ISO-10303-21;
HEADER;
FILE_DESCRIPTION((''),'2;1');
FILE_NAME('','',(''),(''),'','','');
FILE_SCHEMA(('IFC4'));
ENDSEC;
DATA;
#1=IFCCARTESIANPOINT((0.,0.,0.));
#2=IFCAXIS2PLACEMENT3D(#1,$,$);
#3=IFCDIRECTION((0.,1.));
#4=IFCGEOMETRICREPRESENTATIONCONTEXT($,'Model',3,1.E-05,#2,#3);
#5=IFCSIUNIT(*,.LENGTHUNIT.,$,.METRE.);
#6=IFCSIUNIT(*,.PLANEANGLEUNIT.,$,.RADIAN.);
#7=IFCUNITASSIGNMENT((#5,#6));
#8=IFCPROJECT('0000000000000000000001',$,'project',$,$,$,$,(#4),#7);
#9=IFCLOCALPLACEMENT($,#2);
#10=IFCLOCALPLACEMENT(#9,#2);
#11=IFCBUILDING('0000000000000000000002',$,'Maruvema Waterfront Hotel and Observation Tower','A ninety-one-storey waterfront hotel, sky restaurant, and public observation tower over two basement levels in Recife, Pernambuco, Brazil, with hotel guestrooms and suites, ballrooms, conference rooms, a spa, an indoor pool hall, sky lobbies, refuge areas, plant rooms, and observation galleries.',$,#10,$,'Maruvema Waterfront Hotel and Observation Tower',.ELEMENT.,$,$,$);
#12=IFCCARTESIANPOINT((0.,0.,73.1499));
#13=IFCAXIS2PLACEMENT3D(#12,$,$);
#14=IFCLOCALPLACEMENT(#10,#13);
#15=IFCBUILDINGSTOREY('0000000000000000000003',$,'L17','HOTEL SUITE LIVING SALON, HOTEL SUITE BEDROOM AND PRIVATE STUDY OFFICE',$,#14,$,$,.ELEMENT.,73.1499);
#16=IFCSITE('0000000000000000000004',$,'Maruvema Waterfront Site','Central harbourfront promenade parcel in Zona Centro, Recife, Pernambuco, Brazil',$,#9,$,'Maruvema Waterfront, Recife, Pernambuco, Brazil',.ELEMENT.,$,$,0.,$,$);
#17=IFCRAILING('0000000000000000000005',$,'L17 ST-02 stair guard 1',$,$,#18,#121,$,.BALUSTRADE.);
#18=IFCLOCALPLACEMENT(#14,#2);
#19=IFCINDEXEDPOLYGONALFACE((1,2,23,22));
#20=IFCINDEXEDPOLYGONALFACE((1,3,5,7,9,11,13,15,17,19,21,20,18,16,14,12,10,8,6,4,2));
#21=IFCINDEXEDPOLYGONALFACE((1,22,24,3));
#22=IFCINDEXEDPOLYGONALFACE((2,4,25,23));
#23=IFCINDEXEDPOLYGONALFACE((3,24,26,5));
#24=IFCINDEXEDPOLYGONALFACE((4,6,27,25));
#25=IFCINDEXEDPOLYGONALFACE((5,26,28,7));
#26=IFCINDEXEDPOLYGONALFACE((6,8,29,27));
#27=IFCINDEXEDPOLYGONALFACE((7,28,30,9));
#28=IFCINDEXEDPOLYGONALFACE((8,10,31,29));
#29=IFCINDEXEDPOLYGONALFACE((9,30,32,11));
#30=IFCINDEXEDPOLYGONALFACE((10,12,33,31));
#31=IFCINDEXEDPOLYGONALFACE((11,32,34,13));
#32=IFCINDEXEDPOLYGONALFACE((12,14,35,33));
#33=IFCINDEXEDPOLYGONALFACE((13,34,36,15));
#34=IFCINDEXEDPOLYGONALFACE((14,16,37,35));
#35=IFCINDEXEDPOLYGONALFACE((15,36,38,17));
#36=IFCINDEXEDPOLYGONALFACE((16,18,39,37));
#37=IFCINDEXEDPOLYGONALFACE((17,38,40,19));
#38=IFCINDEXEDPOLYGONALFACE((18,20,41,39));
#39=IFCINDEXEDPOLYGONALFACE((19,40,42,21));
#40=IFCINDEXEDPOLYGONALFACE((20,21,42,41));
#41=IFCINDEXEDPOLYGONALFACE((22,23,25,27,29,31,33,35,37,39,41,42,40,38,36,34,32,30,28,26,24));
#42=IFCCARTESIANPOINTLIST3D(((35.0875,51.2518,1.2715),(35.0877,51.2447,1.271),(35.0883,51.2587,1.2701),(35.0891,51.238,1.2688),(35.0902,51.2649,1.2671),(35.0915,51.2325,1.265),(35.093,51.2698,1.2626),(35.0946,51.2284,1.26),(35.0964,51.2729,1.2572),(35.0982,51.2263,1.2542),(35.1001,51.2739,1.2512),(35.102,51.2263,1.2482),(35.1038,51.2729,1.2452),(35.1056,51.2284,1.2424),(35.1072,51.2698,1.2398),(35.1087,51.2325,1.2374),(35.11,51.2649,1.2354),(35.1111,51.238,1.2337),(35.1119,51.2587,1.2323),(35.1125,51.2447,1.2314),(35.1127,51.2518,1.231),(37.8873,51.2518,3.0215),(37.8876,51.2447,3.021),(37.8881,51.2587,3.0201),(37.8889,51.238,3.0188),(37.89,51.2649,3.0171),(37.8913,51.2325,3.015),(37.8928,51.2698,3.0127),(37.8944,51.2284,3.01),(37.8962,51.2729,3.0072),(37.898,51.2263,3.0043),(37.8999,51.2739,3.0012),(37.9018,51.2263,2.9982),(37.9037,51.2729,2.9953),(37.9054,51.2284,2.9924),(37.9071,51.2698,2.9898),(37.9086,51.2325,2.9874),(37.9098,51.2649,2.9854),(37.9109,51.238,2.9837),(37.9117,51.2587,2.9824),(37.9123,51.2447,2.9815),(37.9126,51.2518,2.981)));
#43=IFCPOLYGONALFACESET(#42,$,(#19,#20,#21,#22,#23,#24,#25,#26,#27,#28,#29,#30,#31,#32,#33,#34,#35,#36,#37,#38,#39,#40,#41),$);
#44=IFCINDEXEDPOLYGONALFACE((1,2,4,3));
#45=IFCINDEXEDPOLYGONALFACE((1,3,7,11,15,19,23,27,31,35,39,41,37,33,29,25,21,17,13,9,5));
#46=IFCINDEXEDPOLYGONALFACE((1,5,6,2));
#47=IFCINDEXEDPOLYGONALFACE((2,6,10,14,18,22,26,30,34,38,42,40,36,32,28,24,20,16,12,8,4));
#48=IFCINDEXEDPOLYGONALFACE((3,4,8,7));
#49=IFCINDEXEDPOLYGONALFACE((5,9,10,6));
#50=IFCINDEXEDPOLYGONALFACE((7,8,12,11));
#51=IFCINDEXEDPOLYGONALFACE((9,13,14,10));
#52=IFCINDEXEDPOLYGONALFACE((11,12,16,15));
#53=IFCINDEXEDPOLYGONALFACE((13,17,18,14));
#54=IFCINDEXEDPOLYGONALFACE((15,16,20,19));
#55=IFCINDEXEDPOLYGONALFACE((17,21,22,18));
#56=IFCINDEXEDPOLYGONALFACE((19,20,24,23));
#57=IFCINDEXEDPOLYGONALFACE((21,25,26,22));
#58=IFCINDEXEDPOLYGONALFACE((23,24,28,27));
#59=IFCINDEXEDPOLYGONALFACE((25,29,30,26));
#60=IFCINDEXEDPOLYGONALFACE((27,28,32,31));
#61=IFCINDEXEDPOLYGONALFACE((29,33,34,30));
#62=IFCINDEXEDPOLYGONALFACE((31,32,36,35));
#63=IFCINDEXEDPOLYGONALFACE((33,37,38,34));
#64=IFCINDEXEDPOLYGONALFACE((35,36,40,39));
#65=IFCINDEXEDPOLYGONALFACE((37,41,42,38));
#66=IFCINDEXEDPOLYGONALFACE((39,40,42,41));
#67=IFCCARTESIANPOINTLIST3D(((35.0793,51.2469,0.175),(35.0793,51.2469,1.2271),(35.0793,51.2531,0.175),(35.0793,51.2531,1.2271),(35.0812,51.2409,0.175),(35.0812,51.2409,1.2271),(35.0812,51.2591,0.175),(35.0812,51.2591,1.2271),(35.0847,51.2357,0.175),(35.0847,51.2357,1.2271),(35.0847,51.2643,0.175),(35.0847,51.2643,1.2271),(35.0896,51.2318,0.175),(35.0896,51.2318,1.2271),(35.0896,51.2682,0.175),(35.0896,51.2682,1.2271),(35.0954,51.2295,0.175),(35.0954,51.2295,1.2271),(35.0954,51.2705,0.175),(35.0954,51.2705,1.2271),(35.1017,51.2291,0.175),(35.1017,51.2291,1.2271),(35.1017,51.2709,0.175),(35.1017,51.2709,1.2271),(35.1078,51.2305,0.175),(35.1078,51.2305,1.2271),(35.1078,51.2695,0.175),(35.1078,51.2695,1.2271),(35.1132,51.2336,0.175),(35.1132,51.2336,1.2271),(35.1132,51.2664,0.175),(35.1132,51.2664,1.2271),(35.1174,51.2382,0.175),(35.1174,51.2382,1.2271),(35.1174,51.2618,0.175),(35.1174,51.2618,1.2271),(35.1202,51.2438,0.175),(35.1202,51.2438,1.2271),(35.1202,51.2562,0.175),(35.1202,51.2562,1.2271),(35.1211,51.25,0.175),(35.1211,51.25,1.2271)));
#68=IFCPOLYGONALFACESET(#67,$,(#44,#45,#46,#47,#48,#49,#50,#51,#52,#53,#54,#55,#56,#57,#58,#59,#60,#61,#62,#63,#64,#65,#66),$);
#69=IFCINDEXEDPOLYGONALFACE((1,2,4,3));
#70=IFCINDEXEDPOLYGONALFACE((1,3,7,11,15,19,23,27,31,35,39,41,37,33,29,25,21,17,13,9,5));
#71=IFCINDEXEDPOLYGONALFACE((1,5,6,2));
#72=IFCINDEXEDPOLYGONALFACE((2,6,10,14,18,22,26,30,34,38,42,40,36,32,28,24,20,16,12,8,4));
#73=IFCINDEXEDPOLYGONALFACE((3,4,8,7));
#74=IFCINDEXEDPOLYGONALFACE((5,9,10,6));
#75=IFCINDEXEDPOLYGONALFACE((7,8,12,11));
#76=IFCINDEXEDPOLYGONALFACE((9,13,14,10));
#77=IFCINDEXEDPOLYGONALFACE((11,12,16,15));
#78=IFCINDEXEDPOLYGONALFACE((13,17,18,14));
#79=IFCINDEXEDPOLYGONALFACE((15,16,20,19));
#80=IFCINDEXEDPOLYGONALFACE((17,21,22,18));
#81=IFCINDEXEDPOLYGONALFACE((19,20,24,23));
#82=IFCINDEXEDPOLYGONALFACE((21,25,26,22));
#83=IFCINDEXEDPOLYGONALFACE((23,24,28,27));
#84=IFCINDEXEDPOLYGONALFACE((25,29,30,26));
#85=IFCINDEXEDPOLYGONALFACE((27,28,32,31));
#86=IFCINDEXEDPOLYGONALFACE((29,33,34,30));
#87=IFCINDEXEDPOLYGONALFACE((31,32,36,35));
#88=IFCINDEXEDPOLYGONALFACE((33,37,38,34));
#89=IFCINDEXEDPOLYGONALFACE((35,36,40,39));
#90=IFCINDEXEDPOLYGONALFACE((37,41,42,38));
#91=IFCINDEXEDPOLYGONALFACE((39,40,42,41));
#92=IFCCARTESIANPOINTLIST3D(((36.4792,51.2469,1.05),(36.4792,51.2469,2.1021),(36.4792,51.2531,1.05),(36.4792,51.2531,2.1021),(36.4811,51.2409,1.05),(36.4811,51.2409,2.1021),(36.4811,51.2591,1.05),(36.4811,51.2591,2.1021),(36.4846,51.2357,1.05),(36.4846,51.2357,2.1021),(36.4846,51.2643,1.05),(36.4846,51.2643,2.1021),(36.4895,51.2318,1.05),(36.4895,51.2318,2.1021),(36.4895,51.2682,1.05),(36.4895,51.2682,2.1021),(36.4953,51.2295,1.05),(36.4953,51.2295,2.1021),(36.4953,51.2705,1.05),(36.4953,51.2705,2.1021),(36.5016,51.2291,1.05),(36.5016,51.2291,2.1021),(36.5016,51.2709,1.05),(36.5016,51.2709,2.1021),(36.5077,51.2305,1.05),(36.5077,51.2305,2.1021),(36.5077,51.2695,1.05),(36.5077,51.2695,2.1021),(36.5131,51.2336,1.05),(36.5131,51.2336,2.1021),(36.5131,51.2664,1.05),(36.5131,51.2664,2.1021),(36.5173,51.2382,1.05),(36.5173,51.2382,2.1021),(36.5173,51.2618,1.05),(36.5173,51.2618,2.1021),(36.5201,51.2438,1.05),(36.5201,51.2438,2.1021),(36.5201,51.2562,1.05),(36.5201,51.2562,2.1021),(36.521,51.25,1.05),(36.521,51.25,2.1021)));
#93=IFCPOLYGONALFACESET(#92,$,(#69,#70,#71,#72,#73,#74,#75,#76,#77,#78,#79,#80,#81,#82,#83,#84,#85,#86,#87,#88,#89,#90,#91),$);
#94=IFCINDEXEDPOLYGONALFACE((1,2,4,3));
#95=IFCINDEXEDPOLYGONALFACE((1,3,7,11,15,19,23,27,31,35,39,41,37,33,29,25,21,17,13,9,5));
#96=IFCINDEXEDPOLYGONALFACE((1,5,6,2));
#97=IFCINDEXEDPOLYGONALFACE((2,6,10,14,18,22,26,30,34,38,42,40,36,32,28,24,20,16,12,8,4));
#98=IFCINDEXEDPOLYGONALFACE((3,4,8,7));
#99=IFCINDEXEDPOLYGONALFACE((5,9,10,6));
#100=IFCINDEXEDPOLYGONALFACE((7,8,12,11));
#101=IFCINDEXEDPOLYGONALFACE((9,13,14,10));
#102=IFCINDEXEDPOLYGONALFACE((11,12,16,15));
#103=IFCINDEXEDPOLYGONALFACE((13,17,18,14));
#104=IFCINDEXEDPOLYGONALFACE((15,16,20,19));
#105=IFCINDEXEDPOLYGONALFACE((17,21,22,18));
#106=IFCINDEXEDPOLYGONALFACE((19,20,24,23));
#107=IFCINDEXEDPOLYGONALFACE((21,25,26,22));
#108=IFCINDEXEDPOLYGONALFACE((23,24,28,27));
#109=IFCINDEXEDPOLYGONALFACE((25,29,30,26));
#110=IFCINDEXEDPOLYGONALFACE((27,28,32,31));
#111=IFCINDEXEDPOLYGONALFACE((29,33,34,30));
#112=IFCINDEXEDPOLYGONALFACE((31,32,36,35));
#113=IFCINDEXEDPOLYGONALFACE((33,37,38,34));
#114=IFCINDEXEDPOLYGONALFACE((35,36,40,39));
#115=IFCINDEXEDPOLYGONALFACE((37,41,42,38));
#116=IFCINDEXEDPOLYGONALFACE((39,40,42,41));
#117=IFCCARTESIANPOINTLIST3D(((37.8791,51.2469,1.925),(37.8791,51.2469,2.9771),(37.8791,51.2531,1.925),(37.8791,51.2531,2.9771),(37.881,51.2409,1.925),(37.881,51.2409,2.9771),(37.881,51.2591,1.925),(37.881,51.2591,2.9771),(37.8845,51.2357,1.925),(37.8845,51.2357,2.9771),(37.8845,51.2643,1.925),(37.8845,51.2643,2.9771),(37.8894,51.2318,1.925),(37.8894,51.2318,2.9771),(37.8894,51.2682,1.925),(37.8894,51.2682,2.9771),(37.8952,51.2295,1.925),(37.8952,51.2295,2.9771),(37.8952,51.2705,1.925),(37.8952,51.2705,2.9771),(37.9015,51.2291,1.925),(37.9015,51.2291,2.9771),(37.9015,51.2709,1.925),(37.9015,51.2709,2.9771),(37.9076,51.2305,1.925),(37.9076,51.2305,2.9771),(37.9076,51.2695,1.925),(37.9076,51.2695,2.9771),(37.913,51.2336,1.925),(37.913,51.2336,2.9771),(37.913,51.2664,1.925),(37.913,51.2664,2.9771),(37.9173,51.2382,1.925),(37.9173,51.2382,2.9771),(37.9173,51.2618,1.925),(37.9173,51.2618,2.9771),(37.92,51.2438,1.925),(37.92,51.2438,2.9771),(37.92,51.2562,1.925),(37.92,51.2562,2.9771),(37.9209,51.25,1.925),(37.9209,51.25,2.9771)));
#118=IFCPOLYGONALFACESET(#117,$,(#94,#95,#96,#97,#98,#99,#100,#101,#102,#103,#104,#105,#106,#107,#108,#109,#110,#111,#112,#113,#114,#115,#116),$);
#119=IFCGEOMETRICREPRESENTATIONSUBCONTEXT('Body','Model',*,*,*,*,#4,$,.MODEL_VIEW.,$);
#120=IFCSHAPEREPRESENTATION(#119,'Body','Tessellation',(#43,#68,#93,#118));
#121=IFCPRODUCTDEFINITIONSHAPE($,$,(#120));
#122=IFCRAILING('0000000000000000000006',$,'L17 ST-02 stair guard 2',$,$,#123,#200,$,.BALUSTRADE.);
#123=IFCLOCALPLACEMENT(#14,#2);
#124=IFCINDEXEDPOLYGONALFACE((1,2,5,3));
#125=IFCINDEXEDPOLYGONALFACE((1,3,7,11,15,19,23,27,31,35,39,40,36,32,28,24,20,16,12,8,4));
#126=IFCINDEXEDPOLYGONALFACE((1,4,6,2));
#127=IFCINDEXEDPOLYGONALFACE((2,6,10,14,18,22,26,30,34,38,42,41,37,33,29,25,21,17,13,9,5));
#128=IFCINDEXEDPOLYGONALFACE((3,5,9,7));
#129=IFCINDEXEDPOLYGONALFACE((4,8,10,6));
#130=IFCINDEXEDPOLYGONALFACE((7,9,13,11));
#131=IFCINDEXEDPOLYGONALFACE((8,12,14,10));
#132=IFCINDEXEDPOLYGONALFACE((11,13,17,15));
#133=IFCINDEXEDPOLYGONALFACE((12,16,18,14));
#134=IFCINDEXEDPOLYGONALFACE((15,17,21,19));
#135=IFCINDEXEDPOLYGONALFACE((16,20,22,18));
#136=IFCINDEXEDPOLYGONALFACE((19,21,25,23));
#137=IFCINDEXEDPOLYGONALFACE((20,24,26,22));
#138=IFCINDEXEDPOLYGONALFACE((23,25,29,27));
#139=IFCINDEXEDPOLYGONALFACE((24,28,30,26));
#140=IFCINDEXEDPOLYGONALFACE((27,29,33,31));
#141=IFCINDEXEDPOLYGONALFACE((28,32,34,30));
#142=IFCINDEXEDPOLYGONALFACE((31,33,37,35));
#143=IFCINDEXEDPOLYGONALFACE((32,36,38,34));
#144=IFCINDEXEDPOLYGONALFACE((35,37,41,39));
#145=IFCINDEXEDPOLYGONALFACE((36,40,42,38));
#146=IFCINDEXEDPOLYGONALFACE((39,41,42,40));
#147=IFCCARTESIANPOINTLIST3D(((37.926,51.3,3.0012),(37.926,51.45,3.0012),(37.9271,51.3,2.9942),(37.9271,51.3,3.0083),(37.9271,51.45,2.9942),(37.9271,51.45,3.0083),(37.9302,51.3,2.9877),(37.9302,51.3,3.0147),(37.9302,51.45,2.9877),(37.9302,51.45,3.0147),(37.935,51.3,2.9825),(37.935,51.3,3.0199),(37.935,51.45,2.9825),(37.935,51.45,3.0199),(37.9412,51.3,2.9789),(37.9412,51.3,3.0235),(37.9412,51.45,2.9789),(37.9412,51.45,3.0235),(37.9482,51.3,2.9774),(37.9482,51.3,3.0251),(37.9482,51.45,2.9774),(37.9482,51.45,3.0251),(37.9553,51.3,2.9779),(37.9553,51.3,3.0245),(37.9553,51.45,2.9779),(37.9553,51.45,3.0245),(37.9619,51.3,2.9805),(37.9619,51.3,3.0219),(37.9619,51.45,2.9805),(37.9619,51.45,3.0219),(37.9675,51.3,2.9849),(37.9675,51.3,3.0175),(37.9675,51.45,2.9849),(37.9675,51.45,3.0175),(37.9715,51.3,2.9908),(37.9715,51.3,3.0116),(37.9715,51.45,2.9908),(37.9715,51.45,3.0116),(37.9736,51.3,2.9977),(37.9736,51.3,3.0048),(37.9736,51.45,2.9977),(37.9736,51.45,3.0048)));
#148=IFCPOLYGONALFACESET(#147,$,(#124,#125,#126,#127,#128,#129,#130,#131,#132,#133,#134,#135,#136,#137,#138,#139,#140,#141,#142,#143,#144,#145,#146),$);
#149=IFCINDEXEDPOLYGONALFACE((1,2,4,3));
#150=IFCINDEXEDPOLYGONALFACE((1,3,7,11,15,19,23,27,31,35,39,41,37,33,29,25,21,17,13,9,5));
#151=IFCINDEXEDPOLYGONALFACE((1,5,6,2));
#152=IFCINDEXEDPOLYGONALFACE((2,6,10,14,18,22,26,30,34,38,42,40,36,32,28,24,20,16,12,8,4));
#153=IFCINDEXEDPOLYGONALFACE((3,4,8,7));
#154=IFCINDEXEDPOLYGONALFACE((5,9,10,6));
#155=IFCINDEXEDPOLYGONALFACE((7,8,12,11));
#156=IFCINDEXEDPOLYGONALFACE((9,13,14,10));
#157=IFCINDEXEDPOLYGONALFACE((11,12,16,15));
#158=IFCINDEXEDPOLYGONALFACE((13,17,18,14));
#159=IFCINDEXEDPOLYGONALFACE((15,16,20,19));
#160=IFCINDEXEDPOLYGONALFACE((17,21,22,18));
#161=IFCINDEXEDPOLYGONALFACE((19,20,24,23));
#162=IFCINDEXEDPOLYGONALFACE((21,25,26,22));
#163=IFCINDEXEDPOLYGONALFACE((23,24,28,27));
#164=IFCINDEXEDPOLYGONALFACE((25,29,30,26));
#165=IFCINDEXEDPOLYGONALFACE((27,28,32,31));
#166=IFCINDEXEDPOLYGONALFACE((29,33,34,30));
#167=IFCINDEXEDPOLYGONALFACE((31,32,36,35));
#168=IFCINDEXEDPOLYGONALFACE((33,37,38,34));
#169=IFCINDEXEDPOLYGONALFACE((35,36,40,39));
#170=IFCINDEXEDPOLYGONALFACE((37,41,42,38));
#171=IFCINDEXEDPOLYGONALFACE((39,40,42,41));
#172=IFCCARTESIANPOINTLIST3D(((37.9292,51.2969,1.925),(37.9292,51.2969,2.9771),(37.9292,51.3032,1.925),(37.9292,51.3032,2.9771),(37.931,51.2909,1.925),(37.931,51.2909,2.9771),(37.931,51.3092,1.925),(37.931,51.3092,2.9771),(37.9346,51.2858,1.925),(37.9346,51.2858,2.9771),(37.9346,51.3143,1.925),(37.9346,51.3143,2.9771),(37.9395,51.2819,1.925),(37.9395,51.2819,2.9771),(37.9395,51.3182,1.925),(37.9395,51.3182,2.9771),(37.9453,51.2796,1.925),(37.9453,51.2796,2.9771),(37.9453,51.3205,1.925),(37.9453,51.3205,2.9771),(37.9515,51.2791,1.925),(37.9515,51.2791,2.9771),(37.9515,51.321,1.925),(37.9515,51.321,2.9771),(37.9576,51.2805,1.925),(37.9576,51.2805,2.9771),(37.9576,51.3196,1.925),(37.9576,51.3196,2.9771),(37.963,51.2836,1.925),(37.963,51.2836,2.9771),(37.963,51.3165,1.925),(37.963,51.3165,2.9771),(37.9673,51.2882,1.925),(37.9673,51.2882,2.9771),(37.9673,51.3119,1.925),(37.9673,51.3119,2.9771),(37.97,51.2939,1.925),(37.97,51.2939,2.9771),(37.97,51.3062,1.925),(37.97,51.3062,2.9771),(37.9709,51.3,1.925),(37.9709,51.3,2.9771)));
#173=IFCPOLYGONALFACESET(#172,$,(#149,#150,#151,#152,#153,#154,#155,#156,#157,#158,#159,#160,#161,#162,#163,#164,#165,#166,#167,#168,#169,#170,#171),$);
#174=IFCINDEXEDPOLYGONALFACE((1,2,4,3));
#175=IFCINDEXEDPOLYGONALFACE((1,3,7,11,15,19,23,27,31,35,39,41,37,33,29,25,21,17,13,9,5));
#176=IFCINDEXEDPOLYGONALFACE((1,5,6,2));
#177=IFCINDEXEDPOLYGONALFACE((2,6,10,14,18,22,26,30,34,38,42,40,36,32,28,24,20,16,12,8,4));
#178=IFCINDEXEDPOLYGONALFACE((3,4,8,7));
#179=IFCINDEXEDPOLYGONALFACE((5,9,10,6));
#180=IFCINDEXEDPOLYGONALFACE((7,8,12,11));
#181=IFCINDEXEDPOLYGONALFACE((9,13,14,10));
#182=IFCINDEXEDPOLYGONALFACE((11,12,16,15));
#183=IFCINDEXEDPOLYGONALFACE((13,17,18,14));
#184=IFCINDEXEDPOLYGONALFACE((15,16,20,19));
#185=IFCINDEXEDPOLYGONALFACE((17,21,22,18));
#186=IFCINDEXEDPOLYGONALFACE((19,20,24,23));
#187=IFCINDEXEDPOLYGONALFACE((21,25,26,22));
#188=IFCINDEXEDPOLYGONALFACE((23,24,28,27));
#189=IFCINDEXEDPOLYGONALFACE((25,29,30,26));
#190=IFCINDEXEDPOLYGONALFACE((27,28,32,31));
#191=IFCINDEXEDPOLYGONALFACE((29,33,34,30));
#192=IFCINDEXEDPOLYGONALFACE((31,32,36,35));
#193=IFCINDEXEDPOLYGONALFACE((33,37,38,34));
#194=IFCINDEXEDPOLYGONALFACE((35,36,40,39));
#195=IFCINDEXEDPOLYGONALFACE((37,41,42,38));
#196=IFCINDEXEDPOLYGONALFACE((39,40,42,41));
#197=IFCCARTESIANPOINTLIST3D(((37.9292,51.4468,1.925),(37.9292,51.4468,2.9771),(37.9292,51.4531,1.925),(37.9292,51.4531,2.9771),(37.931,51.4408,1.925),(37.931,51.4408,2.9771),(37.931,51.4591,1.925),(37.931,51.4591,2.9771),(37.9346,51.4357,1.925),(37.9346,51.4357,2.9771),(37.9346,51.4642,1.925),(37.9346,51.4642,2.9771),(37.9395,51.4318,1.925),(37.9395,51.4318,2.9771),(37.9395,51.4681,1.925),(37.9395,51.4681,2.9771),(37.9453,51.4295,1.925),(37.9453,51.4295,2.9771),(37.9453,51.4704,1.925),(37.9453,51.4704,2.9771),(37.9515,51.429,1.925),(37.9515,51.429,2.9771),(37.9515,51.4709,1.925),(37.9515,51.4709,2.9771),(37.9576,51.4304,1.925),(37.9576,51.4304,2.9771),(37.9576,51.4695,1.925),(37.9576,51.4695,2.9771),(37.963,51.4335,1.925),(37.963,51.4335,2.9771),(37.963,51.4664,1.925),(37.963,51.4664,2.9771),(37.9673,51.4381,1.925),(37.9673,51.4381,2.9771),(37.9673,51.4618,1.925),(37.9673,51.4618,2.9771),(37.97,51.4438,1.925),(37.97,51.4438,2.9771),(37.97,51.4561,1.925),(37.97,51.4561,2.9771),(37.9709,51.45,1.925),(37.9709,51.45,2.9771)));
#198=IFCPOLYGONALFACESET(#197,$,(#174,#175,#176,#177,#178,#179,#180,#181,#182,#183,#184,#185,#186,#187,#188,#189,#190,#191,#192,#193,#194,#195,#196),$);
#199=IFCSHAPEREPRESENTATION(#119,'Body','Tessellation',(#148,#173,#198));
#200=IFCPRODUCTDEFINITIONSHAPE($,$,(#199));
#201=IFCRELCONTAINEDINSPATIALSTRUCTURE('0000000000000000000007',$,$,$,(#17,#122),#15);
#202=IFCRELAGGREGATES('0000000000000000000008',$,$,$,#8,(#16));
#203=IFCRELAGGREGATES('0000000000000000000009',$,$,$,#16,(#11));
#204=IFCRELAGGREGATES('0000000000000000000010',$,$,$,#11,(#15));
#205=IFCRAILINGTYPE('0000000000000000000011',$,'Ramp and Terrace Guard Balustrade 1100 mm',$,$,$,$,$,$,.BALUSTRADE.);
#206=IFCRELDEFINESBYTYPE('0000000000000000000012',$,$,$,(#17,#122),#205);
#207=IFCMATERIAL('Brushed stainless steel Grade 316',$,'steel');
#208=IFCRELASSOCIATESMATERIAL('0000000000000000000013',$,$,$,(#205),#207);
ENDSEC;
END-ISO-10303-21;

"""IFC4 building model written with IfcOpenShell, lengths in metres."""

from ifc_helpers import new_model, si_unit, direction, frame, origin, origin_2d, place, context, subcontext, project, spatial, circle, extrude, material, type_object, element, save


model = new_model("IFC4")

# Units and contexts
model_context = context("Model", 3, precision=1e-05, world=origin(), true_north=direction((0.0, 1.0)))
body_context = subcontext(model_context, "Body", "Model", "MODEL_VIEW")
ifc_project = project(units=[si_unit("LENGTHUNIT", "METRE"), si_unit("PLANEANGLEUNIT", "RADIAN")], contexts=[model_context])

# Site, building, storey
site_placement = place(None, origin())
site = spatial("IfcSite", under=ifc_project, at=site_placement, Name="Maruvema Waterfront Site", Description="Central harbourfront promenade parcel in Zona Centro, Recife, Pernambuco, Brazil", LongName="Maruvema Waterfront, Recife, Pernambuco, Brazil", CompositionType="ELEMENT", RefElevation=0.0)
building_placement = place(site_placement, origin())
building = spatial("IfcBuilding", under=site, at=building_placement, Name="Maruvema Waterfront Hotel and Observation Tower", Description="A ninety-one-storey waterfront hotel, sky restaurant, and public observation tower over two basement levels in Recife, Pernambuco, Brazil, with hotel guestrooms and suites, ballrooms, conference rooms, a spa, an indoor pool hall, sky lobbies, refuge areas, plant rooms, and observation galleries.", LongName="Maruvema Waterfront Hotel and Observation Tower", CompositionType="ELEMENT")
storey_placement = place(building_placement, frame((0.0, 0.0, 73.1499)))
storey = spatial("IfcBuildingStorey", under=building, at=storey_placement, Name="L17", Description="HOTEL SUITE LIVING SALON, HOTEL SUITE BEDROOM AND PRIVATE STUDY OFFICE", CompositionType="ELEMENT", Elevation=73.1499)

# Railings
ifc_material_1 = material(Name="Brushed stainless steel Grade 316", Category="steel")
railing_type_1 = type_object("IfcRailingType", Name="Ramp and Terrace Guard Balustrade 1100 mm", PredefinedType="BALUSTRADE", material=ifc_material_1)
railing_1_placement = place(storey_placement, frame((35.1001, 51.25, 0.175)))
element("IfcRailing", 1, at=railing_1_placement, inside=storey, type_object=railing_type_1, Name="L17 ST-02 stair guard 1", PredefinedType="BALUSTRADE", context=body_context, shape_type="SweptSolid", body=[
    extrude(circle(Radius=0.0239, at=origin_2d()), frame((0.0, 0.0, 1.0762), z_axis=(0.847982, 0.0, 0.530026), x_axis=(0.0, 1.0, 0.0)), (0.0, 0.0, 1.0), 3.3018),
    extrude(circle(Radius=0.021, at=origin_2d()), origin(), (0.0, 0.0, 1.0), 1.052),
    extrude(circle(Radius=0.021, at=origin_2d()), frame((1.3999, 0.0, 0.875)), (0.0, 0.0, 1.0), 1.052),
    extrude(circle(Radius=0.021, at=origin_2d()), frame((2.7998, 0.0, 1.75)), (0.0, 0.0, 1.0), 1.052),
])
railing_2_placement = place(storey_placement, frame((37.95, 51.3, 1.925)))
element("IfcRailing", 2, at=railing_2_placement, inside=storey, type_object=railing_type_1, Name="L17 ST-02 stair guard 2", PredefinedType="BALUSTRADE", context=body_context, shape_type="SweptSolid", body=[
    extrude(circle(Radius=0.0239, at=origin_2d()), frame((0.0, 0.0, 1.0762), z_axis=(0.0, 1.0, 0.0), x_axis=(-1.0, 0.0, 0.0)), (0.0, 0.0, 1.0), 0.1499),
    extrude(circle(Radius=0.021, at=origin_2d()), origin(), (0.0, 0.0, 1.0), 1.052),
    extrude(circle(Radius=0.021, at=origin_2d()), frame((0.0, 0.1499, 0.0)), (0.0, 0.0, 1.0), 1.052),
])

save(model, "model.ifc")
